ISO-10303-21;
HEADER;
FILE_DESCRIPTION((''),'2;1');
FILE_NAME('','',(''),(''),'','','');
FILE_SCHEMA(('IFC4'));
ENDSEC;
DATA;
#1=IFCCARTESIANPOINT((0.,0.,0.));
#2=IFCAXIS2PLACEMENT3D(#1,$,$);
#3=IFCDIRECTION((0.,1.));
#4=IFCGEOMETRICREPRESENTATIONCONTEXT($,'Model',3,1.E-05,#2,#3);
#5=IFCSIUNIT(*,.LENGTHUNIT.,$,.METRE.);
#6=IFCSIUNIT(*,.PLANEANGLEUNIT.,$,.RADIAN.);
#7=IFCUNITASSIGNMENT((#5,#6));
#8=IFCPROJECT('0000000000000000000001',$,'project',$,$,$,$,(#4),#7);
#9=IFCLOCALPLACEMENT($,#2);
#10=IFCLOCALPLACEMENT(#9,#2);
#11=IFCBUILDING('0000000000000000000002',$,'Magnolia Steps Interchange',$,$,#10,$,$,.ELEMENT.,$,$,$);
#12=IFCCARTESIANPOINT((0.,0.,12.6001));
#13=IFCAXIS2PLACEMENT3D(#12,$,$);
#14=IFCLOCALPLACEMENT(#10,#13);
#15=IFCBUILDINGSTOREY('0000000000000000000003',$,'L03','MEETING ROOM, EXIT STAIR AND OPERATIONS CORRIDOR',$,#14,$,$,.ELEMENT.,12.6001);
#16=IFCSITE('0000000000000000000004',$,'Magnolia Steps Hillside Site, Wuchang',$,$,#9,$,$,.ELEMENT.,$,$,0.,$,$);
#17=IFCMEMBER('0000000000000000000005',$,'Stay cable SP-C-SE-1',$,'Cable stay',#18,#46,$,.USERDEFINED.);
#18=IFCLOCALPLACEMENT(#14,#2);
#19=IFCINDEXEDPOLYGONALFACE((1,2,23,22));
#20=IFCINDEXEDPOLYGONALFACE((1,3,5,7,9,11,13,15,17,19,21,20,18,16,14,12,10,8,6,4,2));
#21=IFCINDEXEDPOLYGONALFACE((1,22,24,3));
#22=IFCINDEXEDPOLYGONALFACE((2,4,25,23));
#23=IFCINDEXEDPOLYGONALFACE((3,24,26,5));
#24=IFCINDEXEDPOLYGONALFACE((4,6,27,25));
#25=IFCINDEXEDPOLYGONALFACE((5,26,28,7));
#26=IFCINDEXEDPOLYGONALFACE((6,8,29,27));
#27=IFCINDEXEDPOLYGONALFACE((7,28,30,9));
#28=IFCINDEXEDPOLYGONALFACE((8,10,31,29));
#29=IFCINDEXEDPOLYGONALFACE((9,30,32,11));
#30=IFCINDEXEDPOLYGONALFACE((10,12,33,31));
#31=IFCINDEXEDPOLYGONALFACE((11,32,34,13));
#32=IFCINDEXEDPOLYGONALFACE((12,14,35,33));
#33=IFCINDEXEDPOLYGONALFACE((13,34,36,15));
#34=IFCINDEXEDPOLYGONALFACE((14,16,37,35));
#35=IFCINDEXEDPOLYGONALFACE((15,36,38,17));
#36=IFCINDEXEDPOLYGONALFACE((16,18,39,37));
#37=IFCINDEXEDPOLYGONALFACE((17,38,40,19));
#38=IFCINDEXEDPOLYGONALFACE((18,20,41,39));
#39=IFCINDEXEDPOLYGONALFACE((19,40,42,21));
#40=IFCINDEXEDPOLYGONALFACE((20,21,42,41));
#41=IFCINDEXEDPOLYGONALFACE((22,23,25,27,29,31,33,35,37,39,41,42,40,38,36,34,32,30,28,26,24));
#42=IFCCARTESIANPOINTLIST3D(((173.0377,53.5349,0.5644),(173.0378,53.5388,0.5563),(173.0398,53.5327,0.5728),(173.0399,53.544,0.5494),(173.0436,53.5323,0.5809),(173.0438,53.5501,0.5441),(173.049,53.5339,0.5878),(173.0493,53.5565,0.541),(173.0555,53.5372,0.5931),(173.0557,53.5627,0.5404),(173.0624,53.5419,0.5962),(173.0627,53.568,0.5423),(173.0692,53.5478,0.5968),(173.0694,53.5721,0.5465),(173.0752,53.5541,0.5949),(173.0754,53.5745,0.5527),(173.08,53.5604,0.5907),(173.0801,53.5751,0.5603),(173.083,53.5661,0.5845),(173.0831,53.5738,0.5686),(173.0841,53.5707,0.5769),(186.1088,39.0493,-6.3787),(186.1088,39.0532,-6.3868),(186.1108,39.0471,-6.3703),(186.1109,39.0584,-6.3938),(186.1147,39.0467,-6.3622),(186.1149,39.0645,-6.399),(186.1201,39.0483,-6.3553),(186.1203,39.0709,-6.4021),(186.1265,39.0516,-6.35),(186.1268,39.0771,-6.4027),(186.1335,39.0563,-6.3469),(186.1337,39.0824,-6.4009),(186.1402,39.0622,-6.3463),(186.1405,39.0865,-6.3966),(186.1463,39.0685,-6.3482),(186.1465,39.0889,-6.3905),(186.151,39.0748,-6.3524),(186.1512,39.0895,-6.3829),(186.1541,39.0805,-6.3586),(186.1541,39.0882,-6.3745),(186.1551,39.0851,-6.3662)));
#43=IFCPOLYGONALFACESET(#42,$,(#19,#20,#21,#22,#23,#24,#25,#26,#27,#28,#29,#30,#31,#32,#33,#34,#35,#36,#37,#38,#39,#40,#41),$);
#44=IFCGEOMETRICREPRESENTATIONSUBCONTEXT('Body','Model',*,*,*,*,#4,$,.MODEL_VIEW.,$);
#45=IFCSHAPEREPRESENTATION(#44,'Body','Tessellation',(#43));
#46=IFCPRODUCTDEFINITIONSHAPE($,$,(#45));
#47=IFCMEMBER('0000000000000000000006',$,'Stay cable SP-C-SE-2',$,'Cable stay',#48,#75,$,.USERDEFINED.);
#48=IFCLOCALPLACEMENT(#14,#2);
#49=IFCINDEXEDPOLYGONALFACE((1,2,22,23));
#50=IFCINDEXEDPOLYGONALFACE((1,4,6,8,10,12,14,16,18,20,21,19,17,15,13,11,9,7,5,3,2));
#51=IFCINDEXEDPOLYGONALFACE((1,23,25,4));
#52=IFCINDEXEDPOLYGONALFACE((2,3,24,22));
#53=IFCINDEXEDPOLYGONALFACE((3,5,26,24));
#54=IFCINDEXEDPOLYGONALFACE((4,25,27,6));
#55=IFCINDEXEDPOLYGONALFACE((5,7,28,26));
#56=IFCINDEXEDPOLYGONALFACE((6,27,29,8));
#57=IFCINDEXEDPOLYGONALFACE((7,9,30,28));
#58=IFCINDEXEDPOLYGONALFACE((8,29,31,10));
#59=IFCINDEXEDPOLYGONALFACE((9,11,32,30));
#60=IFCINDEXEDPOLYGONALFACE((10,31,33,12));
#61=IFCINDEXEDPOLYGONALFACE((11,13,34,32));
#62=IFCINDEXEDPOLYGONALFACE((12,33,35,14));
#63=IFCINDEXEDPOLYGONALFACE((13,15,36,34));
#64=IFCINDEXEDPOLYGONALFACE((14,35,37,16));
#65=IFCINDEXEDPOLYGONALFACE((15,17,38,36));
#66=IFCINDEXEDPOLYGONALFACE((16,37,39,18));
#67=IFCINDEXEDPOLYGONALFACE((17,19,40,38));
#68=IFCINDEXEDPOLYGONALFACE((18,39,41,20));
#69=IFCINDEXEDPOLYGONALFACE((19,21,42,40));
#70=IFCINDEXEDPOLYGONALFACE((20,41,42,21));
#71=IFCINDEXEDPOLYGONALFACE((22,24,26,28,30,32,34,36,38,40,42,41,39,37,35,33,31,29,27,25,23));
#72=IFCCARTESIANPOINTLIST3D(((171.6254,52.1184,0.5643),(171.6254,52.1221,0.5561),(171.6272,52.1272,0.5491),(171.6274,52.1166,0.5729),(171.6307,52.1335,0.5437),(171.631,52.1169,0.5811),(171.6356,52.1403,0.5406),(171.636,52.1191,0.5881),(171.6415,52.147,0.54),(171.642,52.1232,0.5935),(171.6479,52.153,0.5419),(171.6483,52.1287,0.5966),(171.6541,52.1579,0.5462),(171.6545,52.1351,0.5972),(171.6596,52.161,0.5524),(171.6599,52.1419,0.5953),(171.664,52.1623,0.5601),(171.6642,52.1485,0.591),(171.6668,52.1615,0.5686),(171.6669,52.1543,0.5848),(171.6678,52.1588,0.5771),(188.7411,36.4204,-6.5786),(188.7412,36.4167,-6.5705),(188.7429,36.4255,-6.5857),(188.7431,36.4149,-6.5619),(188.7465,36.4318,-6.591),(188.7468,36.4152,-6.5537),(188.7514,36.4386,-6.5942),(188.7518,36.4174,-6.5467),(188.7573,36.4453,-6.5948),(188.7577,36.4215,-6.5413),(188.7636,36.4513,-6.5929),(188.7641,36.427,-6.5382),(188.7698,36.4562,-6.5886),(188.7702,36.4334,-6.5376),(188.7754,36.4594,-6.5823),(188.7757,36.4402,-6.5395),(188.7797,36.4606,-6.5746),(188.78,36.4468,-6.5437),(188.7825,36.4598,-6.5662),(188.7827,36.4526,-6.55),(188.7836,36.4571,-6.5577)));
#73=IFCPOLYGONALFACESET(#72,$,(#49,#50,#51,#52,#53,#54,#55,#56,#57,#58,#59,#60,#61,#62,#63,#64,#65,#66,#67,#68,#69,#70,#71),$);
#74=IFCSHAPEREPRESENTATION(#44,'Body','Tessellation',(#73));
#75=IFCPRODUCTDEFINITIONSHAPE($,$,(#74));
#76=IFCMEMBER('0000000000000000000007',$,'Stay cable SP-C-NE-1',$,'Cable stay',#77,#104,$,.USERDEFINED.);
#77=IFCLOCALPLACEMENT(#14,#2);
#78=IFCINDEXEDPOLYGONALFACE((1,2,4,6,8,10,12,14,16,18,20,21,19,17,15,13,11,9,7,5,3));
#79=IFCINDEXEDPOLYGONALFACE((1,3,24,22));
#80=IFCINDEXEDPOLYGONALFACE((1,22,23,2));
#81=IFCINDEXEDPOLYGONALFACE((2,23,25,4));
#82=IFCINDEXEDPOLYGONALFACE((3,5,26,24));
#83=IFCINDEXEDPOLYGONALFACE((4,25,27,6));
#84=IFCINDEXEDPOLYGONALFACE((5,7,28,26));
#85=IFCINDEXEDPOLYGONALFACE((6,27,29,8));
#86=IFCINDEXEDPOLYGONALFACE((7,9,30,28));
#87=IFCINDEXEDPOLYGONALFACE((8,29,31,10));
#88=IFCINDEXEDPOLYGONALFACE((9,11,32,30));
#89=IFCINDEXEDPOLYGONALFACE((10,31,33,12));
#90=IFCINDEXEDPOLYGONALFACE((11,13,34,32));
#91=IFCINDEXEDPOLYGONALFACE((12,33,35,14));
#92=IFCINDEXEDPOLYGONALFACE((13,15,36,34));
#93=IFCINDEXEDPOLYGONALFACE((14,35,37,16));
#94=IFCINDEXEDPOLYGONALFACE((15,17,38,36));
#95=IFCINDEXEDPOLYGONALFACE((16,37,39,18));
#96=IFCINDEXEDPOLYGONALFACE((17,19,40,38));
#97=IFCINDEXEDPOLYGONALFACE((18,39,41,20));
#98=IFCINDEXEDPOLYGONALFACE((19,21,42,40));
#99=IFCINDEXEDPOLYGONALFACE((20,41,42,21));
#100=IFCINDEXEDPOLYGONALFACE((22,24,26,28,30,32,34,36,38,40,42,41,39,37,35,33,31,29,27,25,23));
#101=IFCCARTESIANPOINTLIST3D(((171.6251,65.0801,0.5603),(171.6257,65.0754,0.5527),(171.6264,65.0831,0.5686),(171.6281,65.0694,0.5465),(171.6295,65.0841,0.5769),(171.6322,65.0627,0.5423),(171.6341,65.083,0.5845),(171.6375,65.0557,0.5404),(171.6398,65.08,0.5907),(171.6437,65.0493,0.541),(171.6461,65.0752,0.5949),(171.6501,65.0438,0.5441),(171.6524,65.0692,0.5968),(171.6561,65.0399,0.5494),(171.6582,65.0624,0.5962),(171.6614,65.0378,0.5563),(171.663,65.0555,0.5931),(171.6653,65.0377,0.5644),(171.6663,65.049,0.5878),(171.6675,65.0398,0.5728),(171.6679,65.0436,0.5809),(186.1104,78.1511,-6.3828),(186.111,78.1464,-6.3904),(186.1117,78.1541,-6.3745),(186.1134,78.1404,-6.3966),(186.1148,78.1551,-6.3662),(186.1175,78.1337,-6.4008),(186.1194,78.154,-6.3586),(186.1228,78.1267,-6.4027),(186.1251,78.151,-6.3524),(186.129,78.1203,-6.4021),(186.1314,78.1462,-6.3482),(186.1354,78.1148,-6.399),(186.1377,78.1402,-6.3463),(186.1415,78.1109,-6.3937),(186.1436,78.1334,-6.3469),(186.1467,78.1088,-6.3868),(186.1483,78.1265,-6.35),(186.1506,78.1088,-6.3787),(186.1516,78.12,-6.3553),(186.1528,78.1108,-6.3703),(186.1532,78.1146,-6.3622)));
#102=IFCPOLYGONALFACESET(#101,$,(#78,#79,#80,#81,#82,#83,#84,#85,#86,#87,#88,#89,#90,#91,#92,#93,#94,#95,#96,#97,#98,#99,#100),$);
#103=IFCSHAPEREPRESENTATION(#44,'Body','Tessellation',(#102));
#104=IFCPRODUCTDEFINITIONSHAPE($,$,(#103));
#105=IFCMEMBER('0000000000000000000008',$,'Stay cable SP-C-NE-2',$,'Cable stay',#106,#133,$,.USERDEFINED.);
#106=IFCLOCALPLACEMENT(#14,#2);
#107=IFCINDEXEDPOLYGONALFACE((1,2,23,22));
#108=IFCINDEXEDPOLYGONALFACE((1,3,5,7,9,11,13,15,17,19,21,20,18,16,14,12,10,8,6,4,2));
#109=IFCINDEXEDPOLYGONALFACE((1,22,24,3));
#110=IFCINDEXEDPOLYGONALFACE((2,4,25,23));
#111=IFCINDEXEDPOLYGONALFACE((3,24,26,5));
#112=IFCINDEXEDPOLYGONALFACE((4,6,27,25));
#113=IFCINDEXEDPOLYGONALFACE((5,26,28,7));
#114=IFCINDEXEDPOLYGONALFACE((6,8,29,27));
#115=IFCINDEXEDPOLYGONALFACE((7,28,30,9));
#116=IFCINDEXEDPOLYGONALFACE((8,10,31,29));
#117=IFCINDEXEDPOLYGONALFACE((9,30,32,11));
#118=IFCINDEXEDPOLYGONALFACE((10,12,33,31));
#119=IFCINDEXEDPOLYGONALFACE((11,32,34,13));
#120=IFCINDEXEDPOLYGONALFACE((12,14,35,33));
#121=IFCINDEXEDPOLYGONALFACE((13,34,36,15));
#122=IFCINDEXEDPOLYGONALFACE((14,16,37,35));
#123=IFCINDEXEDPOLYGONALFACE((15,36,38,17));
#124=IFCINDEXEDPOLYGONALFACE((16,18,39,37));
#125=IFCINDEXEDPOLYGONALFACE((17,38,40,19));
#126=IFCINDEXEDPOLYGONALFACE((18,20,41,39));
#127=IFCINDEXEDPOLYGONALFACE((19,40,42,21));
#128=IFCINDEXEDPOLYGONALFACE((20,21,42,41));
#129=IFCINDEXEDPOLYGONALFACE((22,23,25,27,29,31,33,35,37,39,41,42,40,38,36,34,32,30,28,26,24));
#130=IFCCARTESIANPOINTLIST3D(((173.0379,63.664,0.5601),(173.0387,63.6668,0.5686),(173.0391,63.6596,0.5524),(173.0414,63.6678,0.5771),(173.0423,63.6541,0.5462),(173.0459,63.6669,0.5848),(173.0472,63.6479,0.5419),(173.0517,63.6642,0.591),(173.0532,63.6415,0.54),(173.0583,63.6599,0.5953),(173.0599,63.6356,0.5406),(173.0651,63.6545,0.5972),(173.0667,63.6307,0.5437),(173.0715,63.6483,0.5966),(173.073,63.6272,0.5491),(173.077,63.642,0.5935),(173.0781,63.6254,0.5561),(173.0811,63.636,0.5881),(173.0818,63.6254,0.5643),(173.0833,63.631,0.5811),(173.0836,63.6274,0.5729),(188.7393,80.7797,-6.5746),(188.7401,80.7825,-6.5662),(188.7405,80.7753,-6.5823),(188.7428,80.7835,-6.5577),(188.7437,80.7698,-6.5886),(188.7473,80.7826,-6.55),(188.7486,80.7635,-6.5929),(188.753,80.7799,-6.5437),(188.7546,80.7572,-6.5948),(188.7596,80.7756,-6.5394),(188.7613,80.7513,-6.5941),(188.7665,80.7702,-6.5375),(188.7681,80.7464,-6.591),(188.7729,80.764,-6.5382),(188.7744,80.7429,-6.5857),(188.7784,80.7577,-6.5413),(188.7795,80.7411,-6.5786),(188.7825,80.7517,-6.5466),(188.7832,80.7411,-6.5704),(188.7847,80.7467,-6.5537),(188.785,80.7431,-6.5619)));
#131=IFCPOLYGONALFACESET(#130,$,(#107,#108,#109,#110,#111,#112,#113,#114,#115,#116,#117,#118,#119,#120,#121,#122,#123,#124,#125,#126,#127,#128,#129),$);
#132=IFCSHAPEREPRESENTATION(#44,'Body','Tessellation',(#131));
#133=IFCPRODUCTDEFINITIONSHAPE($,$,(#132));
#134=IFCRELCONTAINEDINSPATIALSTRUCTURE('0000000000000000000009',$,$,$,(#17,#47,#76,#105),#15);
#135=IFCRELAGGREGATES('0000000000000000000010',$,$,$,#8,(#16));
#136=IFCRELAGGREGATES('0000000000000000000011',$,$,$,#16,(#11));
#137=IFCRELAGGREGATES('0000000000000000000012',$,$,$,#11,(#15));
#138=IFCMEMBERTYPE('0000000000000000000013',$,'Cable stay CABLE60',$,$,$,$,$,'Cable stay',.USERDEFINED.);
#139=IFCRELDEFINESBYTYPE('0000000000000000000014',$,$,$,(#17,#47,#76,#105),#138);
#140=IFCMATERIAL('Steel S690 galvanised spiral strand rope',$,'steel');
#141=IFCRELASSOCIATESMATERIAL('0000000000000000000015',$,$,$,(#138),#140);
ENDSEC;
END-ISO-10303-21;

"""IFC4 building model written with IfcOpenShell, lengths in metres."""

from ifc_helpers import new_model, si_unit, direction, frame, origin, origin_2d, place, context, subcontext, project, spatial, circle, extrude, material, material_profile, profile_set, type_object, element, save


model = new_model("IFC4")

# Units and contexts
model_context = context("Model", 3, precision=1e-05, world=origin(), true_north=direction((0.0, 1.0)))
body_context = subcontext(model_context, "Body", "Model", "MODEL_VIEW")
ifc_project = project(units=[si_unit("LENGTHUNIT", "METRE"), si_unit("PLANEANGLEUNIT", "RADIAN")], contexts=[model_context])

# Site, building, storey
site_placement = place(None, origin())
site = spatial("IfcSite", under=ifc_project, at=site_placement, Name="Magnolia Steps Hillside Site, Wuchang", CompositionType="ELEMENT", RefElevation=0.0)
building_placement = place(site_placement, origin())
building = spatial("IfcBuilding", under=site, at=building_placement, Name="Magnolia Steps Interchange", CompositionType="ELEMENT")
storey_placement = place(building_placement, frame((0.0, 0.0, 12.6001)))
storey = spatial("IfcBuildingStorey", under=building, at=storey_placement, Name="L03", Description="MEETING ROOM, EXIT STAIR AND OPERATIONS CORRIDOR", CompositionType="ELEMENT", Elevation=12.6001)

# Members
ifc_material_1 = material(Name="Steel S690 galvanised spiral strand rope", Category="steel")
ifc_material_profile_1 = material_profile(ifc_material_1, circle(Radius=0.03, at=origin_2d()), Name="CABLE60")
ifc_profile_set_1 = profile_set([ifc_material_profile_1], Name="Steel S690 galvanised spiral strand rope")
member_type_1 = type_object("IfcMemberType", Name="Cable stay CABLE60", ElementType="Cable stay", PredefinedType="USERDEFINED", material=ifc_profile_set_1)
member_1_placement = place(storey_placement, frame((173.0608, 53.5537, 0.5686), z_axis=(0.631156, -0.69946, -0.335259), x_axis=(0.742427, 0.669927, 0.0)))
element("IfcMember", 1, at=member_1_placement, inside=storey, type_object=member_type_1, Name="Stay cable SP-C-SE-1", ObjectType="Cable stay", PredefinedType="USERDEFINED", context=body_context, shape_type="SweptSolid", body=[
    extrude(circle(Radius=0.03, at=origin_2d()), origin(), (0.0, 0.0, 1.0), 20.7097),
])
member_2_placement = place(storey_placement, frame((171.6465, 52.1394, 0.5686), z_axis=(0.704407, -0.646211, -0.293635), x_axis=(0.676011, 0.736891, 0.0)))
element("IfcMember", 2, at=member_2_placement, inside=storey, type_object=member_type_1, Name="Stay cable SP-C-SE-2", ObjectType="Cable stay", PredefinedType="USERDEFINED", context=body_context, shape_type="SweptSolid", body=[
    extrude(circle(Radius=0.03, at=origin_2d()), origin(), (0.0, 0.0, 1.0), 24.2981),
])
member_3_placement = place(storey_placement, frame((171.6465, 65.0608, 0.5686), z_axis=(0.699454, 0.631161, -0.335262), x_axis=(-0.669933, 0.742421, 0.0)))
element("IfcMember", 3, at=member_3_placement, inside=storey, type_object=member_type_1, Name="Stay cable SP-C-NE-1", ObjectType="Cable stay", PredefinedType="USERDEFINED", context=body_context, shape_type="SweptSolid", body=[
    extrude(circle(Radius=0.03, at=origin_2d()), origin(), (0.0, 0.0, 1.0), 20.7095),
])
member_4_placement = place(storey_placement, frame((173.0608, 63.6465, 0.5686), z_axis=(0.646205, 0.704412, -0.293637), x_axis=(-0.736897, 0.676005, 0.0)))
element("IfcMember", 4, at=member_4_placement, inside=storey, type_object=member_type_1, Name="Stay cable SP-C-NE-2", ObjectType="Cable stay", PredefinedType="USERDEFINED", context=body_context, shape_type="SweptSolid", body=[
    extrude(circle(Radius=0.03, at=origin_2d()), origin(), (0.0, 0.0, 1.0), 24.2979),
])

save(model, "model.ifc")
